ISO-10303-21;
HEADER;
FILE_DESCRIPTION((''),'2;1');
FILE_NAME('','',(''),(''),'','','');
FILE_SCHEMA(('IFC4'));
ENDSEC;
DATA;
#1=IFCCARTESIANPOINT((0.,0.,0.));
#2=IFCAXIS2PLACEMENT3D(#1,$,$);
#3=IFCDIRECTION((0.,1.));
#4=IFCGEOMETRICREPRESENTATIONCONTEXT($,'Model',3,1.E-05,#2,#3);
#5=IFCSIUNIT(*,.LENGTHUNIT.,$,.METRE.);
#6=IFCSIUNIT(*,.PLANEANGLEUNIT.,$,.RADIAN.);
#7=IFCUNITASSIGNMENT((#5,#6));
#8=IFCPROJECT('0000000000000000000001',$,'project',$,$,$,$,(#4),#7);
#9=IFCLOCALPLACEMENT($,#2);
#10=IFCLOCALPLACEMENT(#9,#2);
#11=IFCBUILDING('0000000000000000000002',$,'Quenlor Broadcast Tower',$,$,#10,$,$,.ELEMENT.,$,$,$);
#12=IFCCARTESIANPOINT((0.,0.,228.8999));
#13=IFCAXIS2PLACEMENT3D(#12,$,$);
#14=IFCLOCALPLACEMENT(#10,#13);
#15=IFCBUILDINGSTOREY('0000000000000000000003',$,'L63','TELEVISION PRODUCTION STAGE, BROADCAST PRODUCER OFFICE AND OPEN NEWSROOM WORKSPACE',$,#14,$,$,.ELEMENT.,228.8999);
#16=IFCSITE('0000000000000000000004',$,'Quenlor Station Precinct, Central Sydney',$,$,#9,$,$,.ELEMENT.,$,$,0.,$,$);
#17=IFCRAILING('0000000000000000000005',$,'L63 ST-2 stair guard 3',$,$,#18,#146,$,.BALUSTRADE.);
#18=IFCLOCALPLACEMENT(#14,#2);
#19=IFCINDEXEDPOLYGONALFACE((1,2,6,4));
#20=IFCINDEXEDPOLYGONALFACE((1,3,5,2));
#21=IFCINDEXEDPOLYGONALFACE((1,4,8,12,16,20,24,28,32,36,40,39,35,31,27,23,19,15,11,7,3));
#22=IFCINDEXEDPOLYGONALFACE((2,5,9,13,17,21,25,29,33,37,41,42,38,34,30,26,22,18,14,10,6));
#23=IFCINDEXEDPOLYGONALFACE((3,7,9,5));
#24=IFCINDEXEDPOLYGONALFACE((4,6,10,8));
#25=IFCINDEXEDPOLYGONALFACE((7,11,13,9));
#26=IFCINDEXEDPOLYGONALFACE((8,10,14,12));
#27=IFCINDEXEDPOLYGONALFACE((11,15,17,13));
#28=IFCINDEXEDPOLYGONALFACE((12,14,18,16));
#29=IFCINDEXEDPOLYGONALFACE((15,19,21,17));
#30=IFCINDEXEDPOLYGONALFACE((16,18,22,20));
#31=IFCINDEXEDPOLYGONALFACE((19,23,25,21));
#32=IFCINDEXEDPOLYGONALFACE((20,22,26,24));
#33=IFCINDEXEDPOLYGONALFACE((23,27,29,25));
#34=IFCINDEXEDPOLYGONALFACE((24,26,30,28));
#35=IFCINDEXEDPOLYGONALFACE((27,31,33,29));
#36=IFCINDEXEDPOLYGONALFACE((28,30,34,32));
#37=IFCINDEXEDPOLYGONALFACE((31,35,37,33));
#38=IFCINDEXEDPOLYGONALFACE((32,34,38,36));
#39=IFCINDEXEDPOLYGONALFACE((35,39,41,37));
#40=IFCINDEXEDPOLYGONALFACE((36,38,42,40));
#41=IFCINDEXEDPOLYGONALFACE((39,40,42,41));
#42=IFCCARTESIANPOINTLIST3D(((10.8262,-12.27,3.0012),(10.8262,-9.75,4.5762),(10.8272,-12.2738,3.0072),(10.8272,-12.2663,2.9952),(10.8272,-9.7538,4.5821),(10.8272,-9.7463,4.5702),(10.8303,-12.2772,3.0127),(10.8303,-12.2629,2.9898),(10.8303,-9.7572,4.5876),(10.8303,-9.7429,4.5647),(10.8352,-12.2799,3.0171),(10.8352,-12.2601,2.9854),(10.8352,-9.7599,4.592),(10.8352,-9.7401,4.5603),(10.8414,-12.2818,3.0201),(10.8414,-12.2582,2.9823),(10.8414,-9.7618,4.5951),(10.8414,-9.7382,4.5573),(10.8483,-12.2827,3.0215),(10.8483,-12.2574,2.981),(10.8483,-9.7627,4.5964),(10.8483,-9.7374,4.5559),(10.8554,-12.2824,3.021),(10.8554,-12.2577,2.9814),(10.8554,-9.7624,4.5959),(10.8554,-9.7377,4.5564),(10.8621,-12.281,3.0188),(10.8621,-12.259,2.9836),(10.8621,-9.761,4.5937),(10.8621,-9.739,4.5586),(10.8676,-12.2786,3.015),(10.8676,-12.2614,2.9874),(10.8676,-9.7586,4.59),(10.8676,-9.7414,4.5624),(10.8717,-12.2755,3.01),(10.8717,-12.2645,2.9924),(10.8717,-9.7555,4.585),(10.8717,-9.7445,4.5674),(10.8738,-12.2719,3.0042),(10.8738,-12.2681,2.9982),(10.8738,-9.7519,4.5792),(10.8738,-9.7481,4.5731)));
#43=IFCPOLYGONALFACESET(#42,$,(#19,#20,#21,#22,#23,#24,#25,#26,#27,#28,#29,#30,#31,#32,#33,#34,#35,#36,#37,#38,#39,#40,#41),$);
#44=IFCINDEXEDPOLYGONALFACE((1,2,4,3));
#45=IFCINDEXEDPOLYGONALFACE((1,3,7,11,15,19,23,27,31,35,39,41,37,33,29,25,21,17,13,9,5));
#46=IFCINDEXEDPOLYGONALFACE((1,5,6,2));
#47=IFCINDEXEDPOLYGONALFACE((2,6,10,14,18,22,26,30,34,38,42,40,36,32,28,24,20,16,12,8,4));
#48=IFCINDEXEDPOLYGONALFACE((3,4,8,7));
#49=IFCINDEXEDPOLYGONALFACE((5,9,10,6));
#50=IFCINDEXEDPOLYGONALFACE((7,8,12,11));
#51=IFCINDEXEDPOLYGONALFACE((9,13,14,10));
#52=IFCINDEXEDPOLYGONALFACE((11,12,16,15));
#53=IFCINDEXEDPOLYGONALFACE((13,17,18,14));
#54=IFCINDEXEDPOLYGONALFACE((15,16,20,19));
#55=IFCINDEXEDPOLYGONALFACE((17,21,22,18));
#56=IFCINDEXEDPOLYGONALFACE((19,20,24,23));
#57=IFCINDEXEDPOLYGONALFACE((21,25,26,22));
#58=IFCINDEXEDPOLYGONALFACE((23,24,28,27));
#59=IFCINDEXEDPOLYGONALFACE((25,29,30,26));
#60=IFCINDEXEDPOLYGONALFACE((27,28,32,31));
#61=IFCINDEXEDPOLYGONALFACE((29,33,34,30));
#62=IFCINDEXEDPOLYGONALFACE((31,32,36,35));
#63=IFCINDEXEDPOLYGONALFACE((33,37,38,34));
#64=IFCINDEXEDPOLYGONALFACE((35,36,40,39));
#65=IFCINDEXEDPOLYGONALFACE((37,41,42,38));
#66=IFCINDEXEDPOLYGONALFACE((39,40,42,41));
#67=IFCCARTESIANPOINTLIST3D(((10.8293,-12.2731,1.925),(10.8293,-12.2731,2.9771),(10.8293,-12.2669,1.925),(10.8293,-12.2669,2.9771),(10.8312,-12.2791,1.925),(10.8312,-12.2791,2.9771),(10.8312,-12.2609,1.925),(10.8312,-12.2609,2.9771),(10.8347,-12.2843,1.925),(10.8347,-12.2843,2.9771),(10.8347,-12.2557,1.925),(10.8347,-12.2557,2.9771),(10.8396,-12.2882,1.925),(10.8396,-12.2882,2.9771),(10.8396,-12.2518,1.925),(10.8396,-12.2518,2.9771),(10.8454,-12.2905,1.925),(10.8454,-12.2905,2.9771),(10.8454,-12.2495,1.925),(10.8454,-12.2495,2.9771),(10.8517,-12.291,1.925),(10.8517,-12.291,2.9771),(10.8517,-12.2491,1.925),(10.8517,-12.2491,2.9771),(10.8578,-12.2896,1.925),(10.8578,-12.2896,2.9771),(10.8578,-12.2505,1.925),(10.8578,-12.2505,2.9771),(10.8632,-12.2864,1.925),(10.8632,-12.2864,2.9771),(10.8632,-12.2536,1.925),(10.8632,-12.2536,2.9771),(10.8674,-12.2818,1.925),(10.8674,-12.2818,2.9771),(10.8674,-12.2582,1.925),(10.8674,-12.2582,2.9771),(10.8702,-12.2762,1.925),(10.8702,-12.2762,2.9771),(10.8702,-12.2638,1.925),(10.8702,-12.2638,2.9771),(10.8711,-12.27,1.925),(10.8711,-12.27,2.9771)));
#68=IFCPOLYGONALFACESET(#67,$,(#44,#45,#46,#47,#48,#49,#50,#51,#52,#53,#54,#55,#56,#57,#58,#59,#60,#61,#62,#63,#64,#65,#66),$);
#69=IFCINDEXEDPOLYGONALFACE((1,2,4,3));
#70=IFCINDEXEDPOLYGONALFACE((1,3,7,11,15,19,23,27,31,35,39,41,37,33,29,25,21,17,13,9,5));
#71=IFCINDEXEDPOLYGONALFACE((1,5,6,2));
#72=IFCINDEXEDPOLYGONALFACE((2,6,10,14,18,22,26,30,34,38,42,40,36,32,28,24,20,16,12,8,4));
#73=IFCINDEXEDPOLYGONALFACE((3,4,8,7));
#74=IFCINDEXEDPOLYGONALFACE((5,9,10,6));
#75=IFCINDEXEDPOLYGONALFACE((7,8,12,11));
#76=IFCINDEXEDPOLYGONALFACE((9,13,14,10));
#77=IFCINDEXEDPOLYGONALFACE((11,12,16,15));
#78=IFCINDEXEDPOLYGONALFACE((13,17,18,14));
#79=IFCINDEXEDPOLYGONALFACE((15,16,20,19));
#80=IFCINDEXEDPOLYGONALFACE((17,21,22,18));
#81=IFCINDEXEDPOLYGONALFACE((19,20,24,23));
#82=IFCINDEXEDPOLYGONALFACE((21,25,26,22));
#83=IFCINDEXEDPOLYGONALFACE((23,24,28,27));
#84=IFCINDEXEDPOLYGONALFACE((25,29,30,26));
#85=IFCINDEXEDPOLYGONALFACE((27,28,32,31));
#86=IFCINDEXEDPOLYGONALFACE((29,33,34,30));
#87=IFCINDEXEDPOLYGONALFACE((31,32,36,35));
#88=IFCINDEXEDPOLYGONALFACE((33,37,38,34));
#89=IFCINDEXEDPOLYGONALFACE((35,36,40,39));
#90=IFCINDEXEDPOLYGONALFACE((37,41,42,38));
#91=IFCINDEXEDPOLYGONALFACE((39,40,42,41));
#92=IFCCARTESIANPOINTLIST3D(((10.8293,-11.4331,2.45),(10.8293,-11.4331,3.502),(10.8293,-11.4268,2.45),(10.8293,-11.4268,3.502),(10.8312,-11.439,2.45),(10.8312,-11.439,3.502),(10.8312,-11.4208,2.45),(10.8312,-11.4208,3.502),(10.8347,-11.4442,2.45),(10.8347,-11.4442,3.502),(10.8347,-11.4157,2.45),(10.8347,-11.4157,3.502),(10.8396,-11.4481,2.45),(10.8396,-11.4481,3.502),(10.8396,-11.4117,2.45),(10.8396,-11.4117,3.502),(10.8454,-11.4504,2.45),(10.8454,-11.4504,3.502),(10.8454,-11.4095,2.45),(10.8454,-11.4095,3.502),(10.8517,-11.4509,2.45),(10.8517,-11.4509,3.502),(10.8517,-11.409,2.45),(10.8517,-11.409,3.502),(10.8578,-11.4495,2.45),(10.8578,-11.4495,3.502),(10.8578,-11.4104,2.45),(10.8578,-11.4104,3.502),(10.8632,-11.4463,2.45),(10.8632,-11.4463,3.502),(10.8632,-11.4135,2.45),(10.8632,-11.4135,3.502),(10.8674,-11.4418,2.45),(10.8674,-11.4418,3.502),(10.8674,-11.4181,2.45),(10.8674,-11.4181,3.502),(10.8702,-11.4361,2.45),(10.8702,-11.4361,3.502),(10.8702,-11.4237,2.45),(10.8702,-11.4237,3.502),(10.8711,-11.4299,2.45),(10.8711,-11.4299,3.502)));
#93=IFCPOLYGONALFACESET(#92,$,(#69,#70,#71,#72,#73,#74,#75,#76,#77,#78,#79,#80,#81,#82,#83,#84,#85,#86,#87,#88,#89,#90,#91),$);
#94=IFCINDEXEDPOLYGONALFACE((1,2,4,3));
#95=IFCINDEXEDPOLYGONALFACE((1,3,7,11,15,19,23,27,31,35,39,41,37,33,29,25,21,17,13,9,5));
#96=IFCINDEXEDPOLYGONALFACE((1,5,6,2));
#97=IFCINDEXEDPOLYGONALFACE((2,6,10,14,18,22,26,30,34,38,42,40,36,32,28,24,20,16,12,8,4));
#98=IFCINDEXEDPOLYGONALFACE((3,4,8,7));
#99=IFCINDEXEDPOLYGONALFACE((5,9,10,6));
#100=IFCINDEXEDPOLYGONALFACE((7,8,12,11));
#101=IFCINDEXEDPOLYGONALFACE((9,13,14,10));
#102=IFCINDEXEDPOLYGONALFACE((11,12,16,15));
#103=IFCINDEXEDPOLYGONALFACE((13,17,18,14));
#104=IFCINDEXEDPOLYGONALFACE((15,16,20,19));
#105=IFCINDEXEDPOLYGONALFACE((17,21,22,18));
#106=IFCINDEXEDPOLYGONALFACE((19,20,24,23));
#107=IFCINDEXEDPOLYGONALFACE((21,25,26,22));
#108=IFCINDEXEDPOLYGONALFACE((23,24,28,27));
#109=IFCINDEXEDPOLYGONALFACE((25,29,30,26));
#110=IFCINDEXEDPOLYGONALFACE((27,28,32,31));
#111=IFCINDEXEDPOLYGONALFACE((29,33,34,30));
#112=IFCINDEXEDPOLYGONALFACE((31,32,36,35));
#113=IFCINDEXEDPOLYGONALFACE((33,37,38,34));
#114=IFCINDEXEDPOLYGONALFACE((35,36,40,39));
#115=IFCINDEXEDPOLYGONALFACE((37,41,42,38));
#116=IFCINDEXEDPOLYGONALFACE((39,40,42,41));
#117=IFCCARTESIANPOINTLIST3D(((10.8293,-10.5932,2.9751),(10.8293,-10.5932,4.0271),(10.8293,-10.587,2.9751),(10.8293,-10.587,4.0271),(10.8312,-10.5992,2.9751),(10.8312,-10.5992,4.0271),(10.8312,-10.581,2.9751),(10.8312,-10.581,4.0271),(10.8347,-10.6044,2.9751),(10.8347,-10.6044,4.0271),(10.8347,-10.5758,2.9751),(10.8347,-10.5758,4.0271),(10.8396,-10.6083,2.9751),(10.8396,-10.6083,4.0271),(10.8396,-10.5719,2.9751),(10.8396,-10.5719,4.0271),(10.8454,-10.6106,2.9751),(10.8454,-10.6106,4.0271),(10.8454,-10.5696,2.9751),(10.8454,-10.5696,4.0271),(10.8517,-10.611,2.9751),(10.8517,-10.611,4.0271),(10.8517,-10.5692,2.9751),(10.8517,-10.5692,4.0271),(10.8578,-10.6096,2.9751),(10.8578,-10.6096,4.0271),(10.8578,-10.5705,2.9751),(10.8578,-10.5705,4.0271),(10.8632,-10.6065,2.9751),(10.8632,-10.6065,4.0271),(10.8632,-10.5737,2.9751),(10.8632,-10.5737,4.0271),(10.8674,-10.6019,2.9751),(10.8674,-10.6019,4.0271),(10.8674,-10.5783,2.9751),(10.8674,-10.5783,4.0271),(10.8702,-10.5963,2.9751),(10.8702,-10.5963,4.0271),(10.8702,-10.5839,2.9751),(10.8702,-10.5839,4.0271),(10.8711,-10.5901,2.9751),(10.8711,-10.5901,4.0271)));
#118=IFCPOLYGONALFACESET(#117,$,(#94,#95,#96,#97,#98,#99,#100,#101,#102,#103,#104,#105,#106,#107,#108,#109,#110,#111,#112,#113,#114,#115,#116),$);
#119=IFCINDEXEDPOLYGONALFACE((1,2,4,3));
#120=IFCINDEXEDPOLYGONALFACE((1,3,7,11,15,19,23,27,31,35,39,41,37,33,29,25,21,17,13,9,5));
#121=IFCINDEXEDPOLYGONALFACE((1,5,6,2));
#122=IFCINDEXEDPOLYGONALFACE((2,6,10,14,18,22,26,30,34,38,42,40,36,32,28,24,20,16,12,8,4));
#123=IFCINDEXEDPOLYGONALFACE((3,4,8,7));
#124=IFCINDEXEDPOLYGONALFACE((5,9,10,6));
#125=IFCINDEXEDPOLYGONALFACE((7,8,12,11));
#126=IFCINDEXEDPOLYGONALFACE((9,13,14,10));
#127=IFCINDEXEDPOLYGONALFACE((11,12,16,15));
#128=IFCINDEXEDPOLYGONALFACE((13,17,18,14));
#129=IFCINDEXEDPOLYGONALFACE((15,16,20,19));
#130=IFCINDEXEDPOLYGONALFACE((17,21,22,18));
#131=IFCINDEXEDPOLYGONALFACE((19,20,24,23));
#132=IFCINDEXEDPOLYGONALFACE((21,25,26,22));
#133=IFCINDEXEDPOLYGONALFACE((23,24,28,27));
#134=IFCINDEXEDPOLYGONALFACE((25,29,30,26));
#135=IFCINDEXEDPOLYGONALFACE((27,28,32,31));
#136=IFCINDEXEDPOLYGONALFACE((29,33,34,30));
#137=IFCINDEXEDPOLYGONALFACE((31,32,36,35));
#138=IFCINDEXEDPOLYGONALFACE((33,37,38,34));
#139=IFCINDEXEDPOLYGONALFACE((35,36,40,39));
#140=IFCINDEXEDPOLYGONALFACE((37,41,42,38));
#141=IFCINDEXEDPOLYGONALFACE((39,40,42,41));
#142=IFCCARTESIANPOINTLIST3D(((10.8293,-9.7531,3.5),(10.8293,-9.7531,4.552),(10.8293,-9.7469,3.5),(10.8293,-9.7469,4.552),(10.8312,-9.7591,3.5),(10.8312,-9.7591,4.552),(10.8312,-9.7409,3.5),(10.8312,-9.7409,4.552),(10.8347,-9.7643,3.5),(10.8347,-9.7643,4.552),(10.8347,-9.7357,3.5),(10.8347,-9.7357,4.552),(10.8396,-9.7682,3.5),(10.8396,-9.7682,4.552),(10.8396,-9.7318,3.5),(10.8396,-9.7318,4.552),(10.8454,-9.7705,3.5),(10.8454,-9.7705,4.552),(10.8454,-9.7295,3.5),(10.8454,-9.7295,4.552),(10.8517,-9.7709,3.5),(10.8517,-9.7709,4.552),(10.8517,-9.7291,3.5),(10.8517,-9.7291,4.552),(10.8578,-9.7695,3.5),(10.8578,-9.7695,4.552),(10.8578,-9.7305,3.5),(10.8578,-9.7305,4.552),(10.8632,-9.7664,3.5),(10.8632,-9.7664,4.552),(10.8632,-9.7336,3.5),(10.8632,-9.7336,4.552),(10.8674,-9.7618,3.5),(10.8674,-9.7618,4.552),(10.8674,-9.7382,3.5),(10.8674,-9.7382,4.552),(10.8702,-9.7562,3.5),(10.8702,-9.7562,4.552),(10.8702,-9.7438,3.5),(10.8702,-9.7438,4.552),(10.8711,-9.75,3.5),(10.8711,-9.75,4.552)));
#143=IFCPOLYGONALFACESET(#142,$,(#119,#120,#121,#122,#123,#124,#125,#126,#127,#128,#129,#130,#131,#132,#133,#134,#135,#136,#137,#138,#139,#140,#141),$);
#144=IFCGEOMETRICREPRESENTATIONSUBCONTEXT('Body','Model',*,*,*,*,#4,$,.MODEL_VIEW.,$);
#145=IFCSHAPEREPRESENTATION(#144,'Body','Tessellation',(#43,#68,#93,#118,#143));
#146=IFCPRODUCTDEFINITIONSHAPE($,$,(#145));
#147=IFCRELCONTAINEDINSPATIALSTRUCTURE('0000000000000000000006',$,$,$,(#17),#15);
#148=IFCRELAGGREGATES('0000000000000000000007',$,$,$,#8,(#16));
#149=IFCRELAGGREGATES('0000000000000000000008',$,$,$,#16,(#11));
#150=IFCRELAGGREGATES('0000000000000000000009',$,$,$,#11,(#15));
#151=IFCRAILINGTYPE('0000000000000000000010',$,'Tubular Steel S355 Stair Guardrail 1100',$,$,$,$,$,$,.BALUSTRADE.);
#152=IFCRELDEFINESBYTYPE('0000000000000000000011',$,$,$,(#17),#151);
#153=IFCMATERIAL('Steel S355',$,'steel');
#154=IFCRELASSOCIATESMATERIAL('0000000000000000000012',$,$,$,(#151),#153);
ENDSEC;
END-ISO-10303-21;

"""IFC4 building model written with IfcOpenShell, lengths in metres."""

from ifc_helpers import new_model, si_unit, direction, frame, origin, origin_2d, place, context, subcontext, project, spatial, circle, extrude, material, type_object, element, save


model = new_model("IFC4")

# Units and contexts
model_context = context("Model", 3, precision=1e-05, world=origin(), true_north=direction((0.0, 1.0)))
body_context = subcontext(model_context, "Body", "Model", "MODEL_VIEW")
ifc_project = project(units=[si_unit("LENGTHUNIT", "METRE"), si_unit("PLANEANGLEUNIT", "RADIAN")], contexts=[model_context])

# Site, building, storey
site_placement = place(None, origin())
site = spatial("IfcSite", under=ifc_project, at=site_placement, Name="Quenlor Station Precinct, Central Sydney", CompositionType="ELEMENT", RefElevation=0.0)
building_placement = place(site_placement, origin())
building = spatial("IfcBuilding", under=site, at=building_placement, Name="Quenlor Broadcast Tower", CompositionType="ELEMENT")
storey_placement = place(building_placement, frame((0.0, 0.0, 228.8999)))
storey = spatial("IfcBuildingStorey", under=building, at=storey_placement, Name="L63", Description="TELEVISION PRODUCTION STAGE, BROADCAST PRODUCER OFFICE AND OPEN NEWSROOM WORKSPACE", CompositionType="ELEMENT", Elevation=228.8999)

# Railing
ifc_material_1 = material(Name="Steel S355", Category="steel")
railing_type_1 = type_object("IfcRailingType", Name="Tubular Steel S355 Stair Guardrail 1100", PredefinedType="BALUSTRADE", material=ifc_material_1)
railing_1_placement = place(storey_placement, frame((10.8501, -12.27, 1.925)))
element("IfcRailing", 1, at=railing_1_placement, inside=storey, type_object=railing_type_1, Name="L63 ST-2 stair guard 3", PredefinedType="BALUSTRADE", context=body_context, shape_type="SweptSolid", body=[
    extrude(circle(Radius=0.0239, at=origin_2d()), frame((0.0, 0.0, 1.0762), z_axis=(0.0, 0.848008, 0.529984), x_axis=(-1.0, 0.0, 0.0)), (0.0, 0.0, 1.0), 2.9717),
    extrude(circle(Radius=0.021, at=origin_2d()), origin(), (0.0, 0.0, 1.0), 1.052),
    extrude(circle(Radius=0.021, at=origin_2d()), frame((0.0, 0.8401, 0.5249)), (0.0, 0.0, 1.0), 1.052),
    extrude(circle(Radius=0.021, at=origin_2d()), frame((0.0, 1.6799, 1.05)), (0.0, 0.0, 1.0), 1.052),
    extrude(circle(Radius=0.021, at=origin_2d()), frame((0.0, 2.52, 1.575)), (0.0, 0.0, 1.0), 1.052),
])

save(model, "model.ifc")
